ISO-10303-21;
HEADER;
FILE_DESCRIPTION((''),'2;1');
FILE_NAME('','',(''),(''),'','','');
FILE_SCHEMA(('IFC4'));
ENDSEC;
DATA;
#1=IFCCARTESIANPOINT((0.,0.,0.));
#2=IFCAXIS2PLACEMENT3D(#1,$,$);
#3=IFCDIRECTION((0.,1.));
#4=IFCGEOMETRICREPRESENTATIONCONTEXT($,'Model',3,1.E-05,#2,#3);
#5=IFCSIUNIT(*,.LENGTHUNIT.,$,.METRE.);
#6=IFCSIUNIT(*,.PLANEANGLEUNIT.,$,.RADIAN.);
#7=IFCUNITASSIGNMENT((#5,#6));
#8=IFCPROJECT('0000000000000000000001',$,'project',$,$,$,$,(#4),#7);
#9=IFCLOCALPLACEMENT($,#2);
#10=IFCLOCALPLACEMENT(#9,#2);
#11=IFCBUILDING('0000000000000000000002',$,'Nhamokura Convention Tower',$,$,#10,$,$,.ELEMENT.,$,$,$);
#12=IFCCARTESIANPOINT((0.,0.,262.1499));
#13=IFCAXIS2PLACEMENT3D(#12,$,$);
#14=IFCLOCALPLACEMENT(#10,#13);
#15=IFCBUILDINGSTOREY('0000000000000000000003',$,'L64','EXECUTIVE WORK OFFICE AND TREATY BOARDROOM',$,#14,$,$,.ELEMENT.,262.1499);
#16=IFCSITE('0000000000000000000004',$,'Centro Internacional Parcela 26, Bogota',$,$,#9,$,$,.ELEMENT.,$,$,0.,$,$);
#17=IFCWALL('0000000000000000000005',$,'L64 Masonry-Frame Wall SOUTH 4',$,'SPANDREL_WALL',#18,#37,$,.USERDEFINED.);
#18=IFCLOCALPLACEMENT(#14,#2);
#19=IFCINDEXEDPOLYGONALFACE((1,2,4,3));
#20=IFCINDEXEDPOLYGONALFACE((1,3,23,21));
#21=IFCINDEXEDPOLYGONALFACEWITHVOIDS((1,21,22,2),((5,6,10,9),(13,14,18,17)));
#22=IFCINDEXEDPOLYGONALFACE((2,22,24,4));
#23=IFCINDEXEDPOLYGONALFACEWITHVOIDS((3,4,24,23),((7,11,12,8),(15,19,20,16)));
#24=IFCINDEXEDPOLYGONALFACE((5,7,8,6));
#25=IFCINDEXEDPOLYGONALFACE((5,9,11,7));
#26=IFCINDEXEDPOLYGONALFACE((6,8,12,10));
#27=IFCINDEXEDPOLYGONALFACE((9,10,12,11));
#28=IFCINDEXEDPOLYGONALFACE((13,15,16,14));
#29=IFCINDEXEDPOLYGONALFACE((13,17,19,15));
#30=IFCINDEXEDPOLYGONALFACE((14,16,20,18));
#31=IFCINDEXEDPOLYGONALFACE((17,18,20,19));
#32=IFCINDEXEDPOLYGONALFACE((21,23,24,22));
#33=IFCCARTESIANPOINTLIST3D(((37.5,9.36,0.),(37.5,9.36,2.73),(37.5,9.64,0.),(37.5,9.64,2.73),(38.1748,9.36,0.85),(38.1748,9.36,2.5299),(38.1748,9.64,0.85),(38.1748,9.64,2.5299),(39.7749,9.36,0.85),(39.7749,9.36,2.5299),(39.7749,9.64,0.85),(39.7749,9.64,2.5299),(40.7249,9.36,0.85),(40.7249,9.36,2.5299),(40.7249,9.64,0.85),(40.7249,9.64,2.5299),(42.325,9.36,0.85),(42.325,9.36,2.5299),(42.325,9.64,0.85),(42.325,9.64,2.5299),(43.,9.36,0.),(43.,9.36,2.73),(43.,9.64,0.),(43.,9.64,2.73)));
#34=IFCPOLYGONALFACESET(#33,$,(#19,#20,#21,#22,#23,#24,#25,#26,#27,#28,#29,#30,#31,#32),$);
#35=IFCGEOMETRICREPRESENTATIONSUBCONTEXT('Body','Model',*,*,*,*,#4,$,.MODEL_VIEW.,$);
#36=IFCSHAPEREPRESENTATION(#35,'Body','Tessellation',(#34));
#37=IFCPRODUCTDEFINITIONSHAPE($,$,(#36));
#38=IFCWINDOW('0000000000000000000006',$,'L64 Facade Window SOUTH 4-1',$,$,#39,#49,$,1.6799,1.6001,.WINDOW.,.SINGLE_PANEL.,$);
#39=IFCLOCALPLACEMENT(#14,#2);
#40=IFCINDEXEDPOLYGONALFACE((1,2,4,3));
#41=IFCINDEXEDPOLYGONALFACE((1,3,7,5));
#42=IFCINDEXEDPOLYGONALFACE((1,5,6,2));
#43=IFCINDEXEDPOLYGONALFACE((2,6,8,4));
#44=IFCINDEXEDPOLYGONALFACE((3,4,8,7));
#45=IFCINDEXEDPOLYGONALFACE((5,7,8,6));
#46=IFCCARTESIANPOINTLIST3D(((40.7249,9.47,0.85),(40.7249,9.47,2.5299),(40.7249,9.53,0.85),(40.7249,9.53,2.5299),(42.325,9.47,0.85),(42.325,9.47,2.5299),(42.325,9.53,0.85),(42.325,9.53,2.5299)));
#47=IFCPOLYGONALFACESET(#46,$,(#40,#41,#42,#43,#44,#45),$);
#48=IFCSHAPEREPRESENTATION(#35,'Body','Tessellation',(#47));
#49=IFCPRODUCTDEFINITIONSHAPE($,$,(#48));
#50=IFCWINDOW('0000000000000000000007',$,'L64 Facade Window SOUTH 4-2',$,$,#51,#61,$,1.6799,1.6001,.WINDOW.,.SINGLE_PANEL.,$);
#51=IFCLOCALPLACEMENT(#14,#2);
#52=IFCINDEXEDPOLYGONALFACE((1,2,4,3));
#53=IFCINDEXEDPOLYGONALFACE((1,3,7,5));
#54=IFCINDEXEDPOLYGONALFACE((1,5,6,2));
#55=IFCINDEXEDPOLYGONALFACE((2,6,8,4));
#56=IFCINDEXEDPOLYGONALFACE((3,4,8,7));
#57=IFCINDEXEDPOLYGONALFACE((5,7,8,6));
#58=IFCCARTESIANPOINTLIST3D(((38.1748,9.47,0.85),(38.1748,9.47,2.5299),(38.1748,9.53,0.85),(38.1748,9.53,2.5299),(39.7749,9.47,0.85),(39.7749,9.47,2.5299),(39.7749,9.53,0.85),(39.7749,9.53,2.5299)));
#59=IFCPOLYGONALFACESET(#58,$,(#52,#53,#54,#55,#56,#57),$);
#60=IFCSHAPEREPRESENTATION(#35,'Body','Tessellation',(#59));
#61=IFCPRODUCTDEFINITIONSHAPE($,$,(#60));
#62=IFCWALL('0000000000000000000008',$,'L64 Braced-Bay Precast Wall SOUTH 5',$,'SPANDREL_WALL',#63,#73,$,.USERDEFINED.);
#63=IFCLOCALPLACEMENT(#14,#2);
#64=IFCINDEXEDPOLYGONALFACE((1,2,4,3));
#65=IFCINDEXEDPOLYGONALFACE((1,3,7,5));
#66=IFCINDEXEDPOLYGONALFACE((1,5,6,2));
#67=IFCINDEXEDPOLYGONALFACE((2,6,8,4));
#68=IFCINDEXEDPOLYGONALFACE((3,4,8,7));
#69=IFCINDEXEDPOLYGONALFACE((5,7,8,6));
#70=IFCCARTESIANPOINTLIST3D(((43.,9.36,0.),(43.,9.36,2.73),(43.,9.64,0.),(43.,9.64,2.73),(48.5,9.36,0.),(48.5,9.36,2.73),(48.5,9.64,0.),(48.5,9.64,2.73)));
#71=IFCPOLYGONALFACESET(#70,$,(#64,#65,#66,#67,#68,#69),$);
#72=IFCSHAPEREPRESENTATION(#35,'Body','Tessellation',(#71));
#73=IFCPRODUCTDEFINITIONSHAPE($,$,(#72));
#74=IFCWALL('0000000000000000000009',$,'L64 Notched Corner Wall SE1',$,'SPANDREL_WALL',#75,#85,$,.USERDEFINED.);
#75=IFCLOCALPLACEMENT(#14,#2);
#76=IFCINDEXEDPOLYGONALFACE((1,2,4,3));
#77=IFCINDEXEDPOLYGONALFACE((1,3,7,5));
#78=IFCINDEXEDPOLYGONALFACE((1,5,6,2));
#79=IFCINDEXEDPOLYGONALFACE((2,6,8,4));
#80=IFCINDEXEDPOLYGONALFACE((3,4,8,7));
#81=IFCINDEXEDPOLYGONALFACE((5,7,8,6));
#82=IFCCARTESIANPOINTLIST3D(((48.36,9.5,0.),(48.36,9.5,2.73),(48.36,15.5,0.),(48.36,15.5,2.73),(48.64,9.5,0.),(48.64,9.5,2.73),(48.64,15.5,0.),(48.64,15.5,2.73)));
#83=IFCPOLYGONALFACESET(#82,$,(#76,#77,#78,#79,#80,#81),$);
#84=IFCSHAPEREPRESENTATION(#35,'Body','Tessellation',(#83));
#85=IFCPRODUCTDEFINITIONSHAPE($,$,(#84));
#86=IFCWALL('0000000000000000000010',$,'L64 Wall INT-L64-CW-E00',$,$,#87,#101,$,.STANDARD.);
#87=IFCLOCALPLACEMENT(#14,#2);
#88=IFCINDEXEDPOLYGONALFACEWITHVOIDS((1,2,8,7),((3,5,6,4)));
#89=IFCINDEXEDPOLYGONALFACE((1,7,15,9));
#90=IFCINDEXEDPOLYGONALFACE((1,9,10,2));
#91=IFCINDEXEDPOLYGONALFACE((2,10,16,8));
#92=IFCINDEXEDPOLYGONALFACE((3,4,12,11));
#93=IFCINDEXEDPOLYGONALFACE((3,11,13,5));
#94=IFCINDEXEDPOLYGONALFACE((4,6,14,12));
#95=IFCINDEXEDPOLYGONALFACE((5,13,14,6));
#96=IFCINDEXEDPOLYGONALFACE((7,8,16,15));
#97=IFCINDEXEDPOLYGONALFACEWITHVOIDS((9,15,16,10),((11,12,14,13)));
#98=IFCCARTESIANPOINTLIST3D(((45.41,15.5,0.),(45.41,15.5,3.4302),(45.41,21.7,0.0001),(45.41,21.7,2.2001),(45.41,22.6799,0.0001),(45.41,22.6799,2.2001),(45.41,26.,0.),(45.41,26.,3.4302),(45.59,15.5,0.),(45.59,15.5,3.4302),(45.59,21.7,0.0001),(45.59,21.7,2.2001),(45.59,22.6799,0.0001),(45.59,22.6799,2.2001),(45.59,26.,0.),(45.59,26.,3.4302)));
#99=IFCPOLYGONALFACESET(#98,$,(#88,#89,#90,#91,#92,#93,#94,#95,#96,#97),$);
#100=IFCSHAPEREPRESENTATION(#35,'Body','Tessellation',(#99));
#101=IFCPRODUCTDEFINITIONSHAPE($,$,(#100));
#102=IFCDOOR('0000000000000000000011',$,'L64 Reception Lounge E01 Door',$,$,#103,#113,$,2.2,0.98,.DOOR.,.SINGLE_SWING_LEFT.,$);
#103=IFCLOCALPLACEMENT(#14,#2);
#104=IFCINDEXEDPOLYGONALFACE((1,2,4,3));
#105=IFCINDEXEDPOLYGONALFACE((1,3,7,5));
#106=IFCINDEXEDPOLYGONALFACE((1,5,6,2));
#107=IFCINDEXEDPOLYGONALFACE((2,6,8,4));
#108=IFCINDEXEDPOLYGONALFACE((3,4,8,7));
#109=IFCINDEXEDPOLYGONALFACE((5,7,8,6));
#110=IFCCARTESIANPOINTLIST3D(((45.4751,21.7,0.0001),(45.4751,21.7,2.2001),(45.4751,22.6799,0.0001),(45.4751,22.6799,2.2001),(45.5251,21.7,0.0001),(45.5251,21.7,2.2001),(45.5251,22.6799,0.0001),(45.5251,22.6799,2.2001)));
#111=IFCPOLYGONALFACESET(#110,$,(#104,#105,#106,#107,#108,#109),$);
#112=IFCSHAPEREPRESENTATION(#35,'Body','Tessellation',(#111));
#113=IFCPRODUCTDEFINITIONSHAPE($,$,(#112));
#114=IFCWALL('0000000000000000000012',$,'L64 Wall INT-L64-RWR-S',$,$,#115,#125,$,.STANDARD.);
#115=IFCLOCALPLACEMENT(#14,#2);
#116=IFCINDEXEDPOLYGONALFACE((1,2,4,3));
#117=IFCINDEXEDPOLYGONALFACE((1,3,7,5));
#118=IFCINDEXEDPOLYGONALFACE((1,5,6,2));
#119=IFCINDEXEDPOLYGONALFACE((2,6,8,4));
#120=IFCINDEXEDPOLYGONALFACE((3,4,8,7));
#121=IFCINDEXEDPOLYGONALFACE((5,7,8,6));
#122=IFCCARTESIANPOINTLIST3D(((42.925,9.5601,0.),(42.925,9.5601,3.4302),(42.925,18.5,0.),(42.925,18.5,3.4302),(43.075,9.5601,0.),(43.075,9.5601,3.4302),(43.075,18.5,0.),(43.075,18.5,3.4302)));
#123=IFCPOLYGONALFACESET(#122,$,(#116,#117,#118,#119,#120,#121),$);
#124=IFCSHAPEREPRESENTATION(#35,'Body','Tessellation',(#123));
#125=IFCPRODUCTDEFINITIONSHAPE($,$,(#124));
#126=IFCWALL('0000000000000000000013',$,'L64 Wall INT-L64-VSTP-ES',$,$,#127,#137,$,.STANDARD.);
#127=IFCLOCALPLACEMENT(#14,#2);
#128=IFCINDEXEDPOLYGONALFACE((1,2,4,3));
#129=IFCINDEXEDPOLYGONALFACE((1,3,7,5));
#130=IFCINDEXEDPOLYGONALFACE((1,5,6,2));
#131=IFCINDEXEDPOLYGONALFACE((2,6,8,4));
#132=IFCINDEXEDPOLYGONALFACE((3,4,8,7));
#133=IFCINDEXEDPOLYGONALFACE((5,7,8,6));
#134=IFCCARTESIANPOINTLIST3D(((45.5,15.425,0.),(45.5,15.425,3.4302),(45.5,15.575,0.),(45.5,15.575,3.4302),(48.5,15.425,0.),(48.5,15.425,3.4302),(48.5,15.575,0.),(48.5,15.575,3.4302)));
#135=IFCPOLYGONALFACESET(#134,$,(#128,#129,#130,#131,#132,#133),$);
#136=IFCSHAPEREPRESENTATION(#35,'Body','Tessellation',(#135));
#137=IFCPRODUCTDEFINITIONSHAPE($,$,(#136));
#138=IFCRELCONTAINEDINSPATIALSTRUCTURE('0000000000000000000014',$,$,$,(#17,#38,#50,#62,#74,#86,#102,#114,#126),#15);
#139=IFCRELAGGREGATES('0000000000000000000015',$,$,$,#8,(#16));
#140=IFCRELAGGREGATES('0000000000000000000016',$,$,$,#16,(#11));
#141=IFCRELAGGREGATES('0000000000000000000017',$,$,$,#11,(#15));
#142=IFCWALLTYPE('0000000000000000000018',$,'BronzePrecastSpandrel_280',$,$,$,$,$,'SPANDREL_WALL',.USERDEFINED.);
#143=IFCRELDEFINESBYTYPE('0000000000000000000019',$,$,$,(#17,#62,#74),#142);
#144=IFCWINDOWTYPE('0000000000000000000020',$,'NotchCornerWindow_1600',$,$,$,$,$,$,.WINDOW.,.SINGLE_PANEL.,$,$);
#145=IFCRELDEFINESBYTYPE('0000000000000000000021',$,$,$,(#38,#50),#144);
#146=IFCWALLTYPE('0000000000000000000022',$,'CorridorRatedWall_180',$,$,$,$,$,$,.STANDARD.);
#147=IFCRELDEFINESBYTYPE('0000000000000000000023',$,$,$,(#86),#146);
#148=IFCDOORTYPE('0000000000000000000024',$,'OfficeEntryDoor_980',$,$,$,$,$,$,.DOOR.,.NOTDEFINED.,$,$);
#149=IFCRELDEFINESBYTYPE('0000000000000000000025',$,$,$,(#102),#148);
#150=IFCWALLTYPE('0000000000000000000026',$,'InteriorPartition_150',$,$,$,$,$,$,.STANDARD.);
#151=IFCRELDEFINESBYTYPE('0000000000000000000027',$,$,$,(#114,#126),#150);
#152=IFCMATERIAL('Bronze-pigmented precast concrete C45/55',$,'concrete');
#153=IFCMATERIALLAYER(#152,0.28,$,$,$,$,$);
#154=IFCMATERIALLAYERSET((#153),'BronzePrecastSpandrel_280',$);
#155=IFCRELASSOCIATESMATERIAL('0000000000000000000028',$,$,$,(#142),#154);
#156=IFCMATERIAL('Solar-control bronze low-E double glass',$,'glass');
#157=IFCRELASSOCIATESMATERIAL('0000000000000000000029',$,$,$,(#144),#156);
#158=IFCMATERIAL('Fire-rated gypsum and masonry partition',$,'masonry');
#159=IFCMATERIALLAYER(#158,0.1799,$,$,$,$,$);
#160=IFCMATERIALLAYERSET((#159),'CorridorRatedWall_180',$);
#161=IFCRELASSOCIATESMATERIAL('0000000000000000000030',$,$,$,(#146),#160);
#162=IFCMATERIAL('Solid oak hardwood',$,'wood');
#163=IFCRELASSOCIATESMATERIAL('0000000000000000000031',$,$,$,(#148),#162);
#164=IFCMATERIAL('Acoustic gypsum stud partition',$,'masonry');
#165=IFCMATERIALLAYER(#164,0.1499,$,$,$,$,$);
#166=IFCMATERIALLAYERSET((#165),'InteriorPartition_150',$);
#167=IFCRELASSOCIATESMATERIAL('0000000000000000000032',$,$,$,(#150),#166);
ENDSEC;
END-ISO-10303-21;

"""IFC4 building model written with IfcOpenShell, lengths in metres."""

from ifc_helpers import new_model, si_unit, direction, frame, frame_2d, origin, place, context, subcontext, project, spatial, rectangle, extrude, material, layer, layer_set, type_object, element, fill, save


model = new_model("IFC4")

# Units and contexts
model_context = context("Model", 3, precision=1e-05, world=origin(), true_north=direction((0.0, 1.0)))
body_context = subcontext(model_context, "Body", "Model", "MODEL_VIEW")
ifc_project = project(units=[si_unit("LENGTHUNIT", "METRE"), si_unit("PLANEANGLEUNIT", "RADIAN")], contexts=[model_context])

# Site, building, storey
site_placement = place(None, origin())
site = spatial("IfcSite", under=ifc_project, at=site_placement, Name="Centro Internacional Parcela 26, Bogota", CompositionType="ELEMENT", RefElevation=0.0)
building_placement = place(site_placement, origin())
building = spatial("IfcBuilding", under=site, at=building_placement, Name="Nhamokura Convention Tower", CompositionType="ELEMENT")
storey_placement = place(building_placement, frame((0.0, 0.0, 262.1499)))
storey = spatial("IfcBuildingStorey", under=building, at=storey_placement, Name="L64", Description="EXECUTIVE WORK OFFICE AND TREATY BOARDROOM", CompositionType="ELEMENT", Elevation=262.1499)

# Wall, openings, windows
ifc_material_1 = material(Name="Bronze-pigmented precast concrete C45/55", Category="concrete")
ifc_layer_1 = layer(ifc_material_1, 0.28)
ifc_layer_set_1 = layer_set([ifc_layer_1], Name="BronzePrecastSpandrel_280")
wall_type_1 = type_object("IfcWallType", Name="BronzePrecastSpandrel_280", ElementType="SPANDREL_WALL", PredefinedType="USERDEFINED", material=ifc_layer_set_1)
wall_1_placement = place(storey_placement, frame((43.0, 9.5, 0.0), z_axis=(0.0, 0.0, 1.0), x_axis=(-1.0, 0.0, 0.0)))
wall_1 = element("IfcWall", 1, at=wall_1_placement, inside=storey, type_object=wall_type_1, Name="L64 Masonry-Frame Wall SOUTH 4", ObjectType="SPANDREL_WALL", PredefinedType="USERDEFINED", context=body_context, shape_type="SweptSolid", body=[
    extrude(rectangle(XDim=5.5, YDim=0.28, at=frame_2d((2.75, 0.0))), origin(), (0.0, 0.0, 1.0), 2.73),
])
opening_1_placement = place(wall_1_placement, frame((0.675, 0.0, 0.8501)))
opening_1 = element("IfcOpeningElement", 2, at=opening_1_placement, cuts=wall_1, PredefinedType="OPENING", context=body_context, shape_type="SweptSolid", body=[
    extrude(rectangle(XDim=1.6001, YDim=1.6799, at=frame_2d((0.8, 0.8398))), frame((0.0, 0.1499, 0.0), z_axis=(0.0, -1.0, 0.0), x_axis=(1.0, 0.0, 0.0)), (0.0, 0.0, 1.0), 0.3),
])
opening_2_placement = place(wall_1_placement, frame((3.2251, 0.0, 0.8501)))
opening_2 = element("IfcOpeningElement", 3, at=opening_2_placement, cuts=wall_1, PredefinedType="OPENING", context=body_context, shape_type="SweptSolid", body=[
    extrude(rectangle(XDim=1.6001, YDim=1.6799, at=frame_2d((0.8, 0.8398))), frame((0.0, 0.1499, 0.0), z_axis=(0.0, -1.0, 0.0), x_axis=(1.0, 0.0, 0.0)), (0.0, 0.0, 1.0), 0.3),
])
ifc_material_2 = material(Name="Solar-control bronze low-E double glass", Category="glass")
window_type = type_object("IfcWindowType", Name="NotchCornerWindow_1600", PartitioningType="SINGLE_PANEL", PredefinedType="WINDOW", material=ifc_material_2)
window_1_placement = place(opening_1_placement, origin())
window_1 = element("IfcWindow", 4, at=window_1_placement, inside=storey, type_object=window_type, Name="L64 Facade Window SOUTH 4-1", OverallHeight=1.6799, OverallWidth=1.6001, PartitioningType="SINGLE_PANEL", PredefinedType="WINDOW", context=body_context, shape_type="SweptSolid", body=[
    extrude(rectangle(XDim=1.6001, YDim=1.6799, at=frame_2d((0.8, 0.8398))), frame((0.0, 0.03, 0.0), z_axis=(0.0, -1.0, 0.0), x_axis=(1.0, 0.0, 0.0)), (0.0, 0.0, 1.0), 0.0601),
])
fill(opening_1, window_1)
window_2_placement = place(opening_2_placement, origin())
window_2 = element("IfcWindow", 5, at=window_2_placement, inside=storey, type_object=window_type, Name="L64 Facade Window SOUTH 4-2", OverallHeight=1.6799, OverallWidth=1.6001, PartitioningType="SINGLE_PANEL", PredefinedType="WINDOW", context=body_context, shape_type="SweptSolid", body=[
    extrude(rectangle(XDim=1.6001, YDim=1.6799, at=frame_2d((0.8, 0.8398))), frame((0.0, 0.03, 0.0), z_axis=(0.0, -1.0, 0.0), x_axis=(1.0, 0.0, 0.0)), (0.0, 0.0, 1.0), 0.0601),
])
fill(opening_2, window_2)

# Walls
wall_2_placement = place(storey_placement, frame((48.5, 9.5, 0.0), z_axis=(0.0, 0.0, 1.0), x_axis=(-1.0, 0.0, 0.0)))
element("IfcWall", 6, at=wall_2_placement, inside=storey, type_object=wall_type_1, Name="L64 Braced-Bay Precast Wall SOUTH 5", ObjectType="SPANDREL_WALL", PredefinedType="USERDEFINED", context=body_context, shape_type="SweptSolid", body=[
    extrude(rectangle(XDim=5.5, YDim=0.28, at=frame_2d((2.75, 0.0))), origin(), (0.0, 0.0, 1.0), 2.73),
])
wall_3_placement = place(storey_placement, frame((48.5, 15.5, 0.0), z_axis=(0.0, 0.0, 1.0), x_axis=(0.0, -1.0, 0.0)))
element("IfcWall", 7, at=wall_3_placement, inside=storey, type_object=wall_type_1, Name="L64 Notched Corner Wall SE1", ObjectType="SPANDREL_WALL", PredefinedType="USERDEFINED", context=body_context, shape_type="SweptSolid", body=[
    extrude(rectangle(XDim=6.0, YDim=0.28, at=frame_2d((3.0, 0.0))), origin(), (0.0, 0.0, 1.0), 2.73),
])

# Wall, opening, door
ifc_material_3 = material(Name="Fire-rated gypsum and masonry partition", Category="masonry")
ifc_layer_2 = layer(ifc_material_3, 0.1799)
ifc_layer_set_2 = layer_set([ifc_layer_2], Name="CorridorRatedWall_180")
wall_type_2 = type_object("IfcWallType", Name="CorridorRatedWall_180", PredefinedType="STANDARD", material=ifc_layer_set_2)
wall_4_placement = place(storey_placement, frame((45.5, 15.5, 0.0), z_axis=(0.0, 0.0, 1.0), x_axis=(0.0, 1.0, 0.0)))
wall_4 = element("IfcWall", 8, at=wall_4_placement, inside=storey, type_object=wall_type_2, Name="L64 Wall INT-L64-CW-E00", PredefinedType="STANDARD", context=body_context, shape_type="SweptSolid", body=[
    extrude(rectangle(XDim=10.5, YDim=0.1799, at=frame_2d((5.25, 0.0))), origin(), (0.0, 0.0, 1.0), 3.4302),
])
opening_3_placement = place(wall_4_placement, frame((6.2, 0.0, 0.0)))
opening_3 = element("IfcOpeningElement", 9, at=opening_3_placement, cuts=wall_4, PredefinedType="OPENING", context=body_context, shape_type="SweptSolid", body=[
    extrude(rectangle(XDim=0.98, YDim=2.2, at=frame_2d((0.49, 1.1001))), frame((0.0, 0.0999, 0.0), z_axis=(0.0, -1.0, 0.0), x_axis=(1.0, 0.0, 0.0)), (0.0, 0.0, 1.0), 0.2),
])
ifc_material_4 = material(Name="Solid oak hardwood", Category="wood")
door_type = type_object("IfcDoorType", Name="OfficeEntryDoor_980", OperationType="NOTDEFINED", PredefinedType="DOOR", material=ifc_material_4)
door_placement = place(opening_3_placement, origin())
door = element("IfcDoor", 10, at=door_placement, inside=storey, type_object=door_type, Name="L64 Reception Lounge E01 Door", OperationType="SINGLE_SWING_LEFT", OverallHeight=2.2, OverallWidth=0.98, PredefinedType="DOOR", context=body_context, shape_type="SweptSolid", body=[
    extrude(rectangle(XDim=0.98, YDim=2.2, at=frame_2d((0.49, 1.1001))), frame((0.0, 0.0249, 0.0), z_axis=(0.0, -1.0, 0.0), x_axis=(1.0, 0.0, 0.0)), (0.0, 0.0, 1.0), 0.05),
])
fill(opening_3, door)

# Walls
ifc_material_5 = material(Name="Acoustic gypsum stud partition", Category="masonry")
ifc_layer_3 = layer(ifc_material_5, 0.1499)
ifc_layer_set_3 = layer_set([ifc_layer_3], Name="InteriorPartition_150")
wall_type_3 = type_object("IfcWallType", Name="InteriorPartition_150", PredefinedType="STANDARD", material=ifc_layer_set_3)
wall_5_placement = place(storey_placement, frame((43.0, 9.5601, 0.0), z_axis=(0.0, 0.0, 1.0), x_axis=(0.0, 1.0, 0.0)))
element("IfcWall", 11, at=wall_5_placement, inside=storey, type_object=wall_type_3, Name="L64 Wall INT-L64-RWR-S", PredefinedType="STANDARD", context=body_context, shape_type="SweptSolid", body=[
    extrude(rectangle(XDim=8.9399, YDim=0.1499, at=frame_2d((4.47, 0.0))), origin(), (0.0, 0.0, 1.0), 3.4302),
])
wall_6_placement = place(storey_placement, frame((45.5, 15.5, 0.0), z_axis=(0.0, 0.0, 1.0), x_axis=(1.0, 0.0, 0.0)))
element("IfcWall", 12, at=wall_6_placement, inside=storey, type_object=wall_type_3, Name="L64 Wall INT-L64-VSTP-ES", PredefinedType="STANDARD", context=body_context, shape_type="SweptSolid", body=[
    extrude(rectangle(XDim=3.0, YDim=0.1499, at=frame_2d((1.5, 0.0))), origin(), (0.0, 0.0, 1.0), 3.4302),
])

save(model, "model.ifc")
